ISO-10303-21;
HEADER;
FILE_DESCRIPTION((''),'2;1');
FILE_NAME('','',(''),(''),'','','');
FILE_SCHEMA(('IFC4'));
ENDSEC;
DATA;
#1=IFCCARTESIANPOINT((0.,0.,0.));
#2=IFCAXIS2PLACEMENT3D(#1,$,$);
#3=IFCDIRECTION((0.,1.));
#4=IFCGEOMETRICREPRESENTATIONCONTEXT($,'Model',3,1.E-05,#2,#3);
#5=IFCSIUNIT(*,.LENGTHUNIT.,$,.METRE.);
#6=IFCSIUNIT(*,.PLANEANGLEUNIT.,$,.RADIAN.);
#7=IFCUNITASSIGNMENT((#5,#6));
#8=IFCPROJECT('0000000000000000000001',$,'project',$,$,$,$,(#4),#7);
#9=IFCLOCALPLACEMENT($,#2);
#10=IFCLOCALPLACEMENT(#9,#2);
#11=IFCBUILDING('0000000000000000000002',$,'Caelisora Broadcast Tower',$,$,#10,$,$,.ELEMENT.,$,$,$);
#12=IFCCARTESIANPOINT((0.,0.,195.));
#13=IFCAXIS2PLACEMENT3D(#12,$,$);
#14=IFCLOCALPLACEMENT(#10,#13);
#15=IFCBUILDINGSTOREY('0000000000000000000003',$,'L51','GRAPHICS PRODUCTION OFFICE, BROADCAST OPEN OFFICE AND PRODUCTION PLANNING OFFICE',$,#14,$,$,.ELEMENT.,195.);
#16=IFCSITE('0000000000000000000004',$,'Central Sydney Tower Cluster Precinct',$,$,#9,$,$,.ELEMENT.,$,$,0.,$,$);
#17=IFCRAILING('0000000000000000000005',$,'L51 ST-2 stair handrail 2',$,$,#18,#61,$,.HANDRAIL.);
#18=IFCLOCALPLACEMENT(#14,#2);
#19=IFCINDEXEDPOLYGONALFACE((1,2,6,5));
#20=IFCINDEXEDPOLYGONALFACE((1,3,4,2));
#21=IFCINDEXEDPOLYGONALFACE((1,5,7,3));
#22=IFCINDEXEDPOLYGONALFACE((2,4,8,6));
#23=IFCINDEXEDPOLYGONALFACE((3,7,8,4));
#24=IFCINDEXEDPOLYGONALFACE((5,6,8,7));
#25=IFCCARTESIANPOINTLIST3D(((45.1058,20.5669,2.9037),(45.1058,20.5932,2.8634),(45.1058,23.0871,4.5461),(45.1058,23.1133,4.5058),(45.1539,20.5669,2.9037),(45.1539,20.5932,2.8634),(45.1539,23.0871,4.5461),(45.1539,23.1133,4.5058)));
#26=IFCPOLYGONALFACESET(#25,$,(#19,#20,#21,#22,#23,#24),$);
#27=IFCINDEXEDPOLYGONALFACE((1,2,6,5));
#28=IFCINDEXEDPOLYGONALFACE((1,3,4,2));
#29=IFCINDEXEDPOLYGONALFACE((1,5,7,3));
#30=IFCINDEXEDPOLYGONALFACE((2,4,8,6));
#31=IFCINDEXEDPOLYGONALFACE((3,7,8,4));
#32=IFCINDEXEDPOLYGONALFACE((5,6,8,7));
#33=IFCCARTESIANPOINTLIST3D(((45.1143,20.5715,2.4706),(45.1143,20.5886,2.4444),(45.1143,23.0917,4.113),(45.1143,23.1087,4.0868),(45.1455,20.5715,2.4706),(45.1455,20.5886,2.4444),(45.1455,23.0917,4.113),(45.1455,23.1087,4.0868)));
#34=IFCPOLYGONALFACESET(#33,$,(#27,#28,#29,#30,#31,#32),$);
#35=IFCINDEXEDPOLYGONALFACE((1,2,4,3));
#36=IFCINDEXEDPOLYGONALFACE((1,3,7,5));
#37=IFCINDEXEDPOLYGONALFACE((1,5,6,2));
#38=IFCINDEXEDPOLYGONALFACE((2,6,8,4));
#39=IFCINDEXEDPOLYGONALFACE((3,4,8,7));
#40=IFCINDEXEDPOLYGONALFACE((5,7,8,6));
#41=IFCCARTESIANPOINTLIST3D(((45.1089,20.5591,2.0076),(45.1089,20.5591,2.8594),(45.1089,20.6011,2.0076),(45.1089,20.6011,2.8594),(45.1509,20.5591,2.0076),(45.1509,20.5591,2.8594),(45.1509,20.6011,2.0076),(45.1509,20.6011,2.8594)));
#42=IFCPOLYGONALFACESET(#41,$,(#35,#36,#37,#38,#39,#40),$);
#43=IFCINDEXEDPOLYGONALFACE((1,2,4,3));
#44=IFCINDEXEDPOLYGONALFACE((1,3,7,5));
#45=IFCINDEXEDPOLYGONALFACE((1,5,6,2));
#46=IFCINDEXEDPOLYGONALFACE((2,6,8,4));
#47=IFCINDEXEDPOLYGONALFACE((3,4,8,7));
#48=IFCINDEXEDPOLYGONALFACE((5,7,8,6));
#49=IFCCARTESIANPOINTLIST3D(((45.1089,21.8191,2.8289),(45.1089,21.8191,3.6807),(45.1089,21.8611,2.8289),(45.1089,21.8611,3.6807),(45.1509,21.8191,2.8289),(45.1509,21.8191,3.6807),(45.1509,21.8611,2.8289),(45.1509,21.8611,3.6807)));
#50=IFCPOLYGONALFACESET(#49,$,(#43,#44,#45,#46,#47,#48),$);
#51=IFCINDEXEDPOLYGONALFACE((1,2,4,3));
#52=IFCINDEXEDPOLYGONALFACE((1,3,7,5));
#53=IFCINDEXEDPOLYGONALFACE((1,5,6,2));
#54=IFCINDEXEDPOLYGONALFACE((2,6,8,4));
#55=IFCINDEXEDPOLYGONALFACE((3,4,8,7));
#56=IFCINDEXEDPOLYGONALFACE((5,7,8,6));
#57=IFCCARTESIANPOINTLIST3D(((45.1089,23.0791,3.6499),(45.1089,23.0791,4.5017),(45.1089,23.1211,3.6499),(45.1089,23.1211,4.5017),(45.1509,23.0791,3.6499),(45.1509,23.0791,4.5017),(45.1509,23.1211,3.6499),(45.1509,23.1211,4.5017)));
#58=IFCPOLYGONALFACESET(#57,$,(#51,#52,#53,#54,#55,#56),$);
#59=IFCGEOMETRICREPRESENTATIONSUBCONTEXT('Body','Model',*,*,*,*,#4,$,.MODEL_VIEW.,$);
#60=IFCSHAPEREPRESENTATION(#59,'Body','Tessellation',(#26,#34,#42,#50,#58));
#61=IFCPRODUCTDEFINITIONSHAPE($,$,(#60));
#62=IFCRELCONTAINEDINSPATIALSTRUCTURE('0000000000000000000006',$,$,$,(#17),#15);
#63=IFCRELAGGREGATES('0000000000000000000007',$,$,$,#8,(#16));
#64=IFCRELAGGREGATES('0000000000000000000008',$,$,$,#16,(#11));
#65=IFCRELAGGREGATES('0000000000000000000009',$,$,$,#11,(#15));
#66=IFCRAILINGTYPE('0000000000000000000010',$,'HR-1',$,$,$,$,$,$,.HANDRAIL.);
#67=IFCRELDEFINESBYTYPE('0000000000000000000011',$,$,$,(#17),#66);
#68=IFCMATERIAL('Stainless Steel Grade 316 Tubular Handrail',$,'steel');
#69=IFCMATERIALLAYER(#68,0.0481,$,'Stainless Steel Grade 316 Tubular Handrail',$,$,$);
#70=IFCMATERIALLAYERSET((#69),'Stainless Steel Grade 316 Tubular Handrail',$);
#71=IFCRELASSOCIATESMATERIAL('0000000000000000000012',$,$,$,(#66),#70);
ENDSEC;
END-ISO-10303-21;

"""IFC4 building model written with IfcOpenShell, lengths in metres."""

from ifc_helpers import new_model, si_unit, direction, frame, origin, origin_2d, place, context, subcontext, project, spatial, rectangle, extrude, material, layer, layer_set, type_object, element, save


model = new_model("IFC4")

# Units and contexts
model_context = context("Model", 3, precision=1e-05, world=origin(), true_north=direction((0.0, 1.0)))
body_context = subcontext(model_context, "Body", "Model", "MODEL_VIEW")
ifc_project = project(units=[si_unit("LENGTHUNIT", "METRE"), si_unit("PLANEANGLEUNIT", "RADIAN")], contexts=[model_context])

# Site, building, storey
site_placement = place(None, origin())
site = spatial("IfcSite", under=ifc_project, at=site_placement, Name="Central Sydney Tower Cluster Precinct", CompositionType="ELEMENT", RefElevation=0.0)
building_placement = place(site_placement, origin())
building = spatial("IfcBuilding", under=site, at=building_placement, Name="Caelisora Broadcast Tower", CompositionType="ELEMENT")
storey_placement = place(building_placement, frame((0.0, 0.0, 195.0)))
storey = spatial("IfcBuildingStorey", under=building, at=storey_placement, Name="L51", Description="GRAPHICS PRODUCTION OFFICE, BROADCAST OPEN OFFICE AND PRODUCTION PLANNING OFFICE", CompositionType="ELEMENT", Elevation=195.0)

# Railing
ifc_material_1 = material(Name="Stainless Steel Grade 316 Tubular Handrail", Category="steel")
ifc_layer_1 = layer(ifc_material_1, 0.0481, Name="Stainless Steel Grade 316 Tubular Handrail")
ifc_layer_set_1 = layer_set([ifc_layer_1], Name="Stainless Steel Grade 316 Tubular Handrail")
railing_type_1 = type_object("IfcRailingType", Name="HR-1", PredefinedType="HANDRAIL", material=ifc_layer_set_1)
railing_1_placement = place(storey_placement, frame((45.1299, 20.5801, 2.0076)))
element("IfcRailing", 1, at=railing_1_placement, inside=storey, type_object=railing_type_1, Name="L51 ST-2 stair handrail 2", PredefinedType="HANDRAIL", context=body_context, shape_type="SweptSolid", body=[
    extrude(rectangle(XDim=0.0481, YDim=0.0481, at=origin_2d()), frame((0.0, 0.0, 0.876), z_axis=(0.0, 0.837787, 0.545998), x_axis=(-1.0, 0.0, 0.0)), (0.0, 0.0, 1.0), 3.0081),
    extrude(rectangle(XDim=0.0312, YDim=0.0312, at=origin_2d()), frame((0.0, 0.0, 0.45), z_axis=(0.0, 0.837787, 0.545998), x_axis=(-1.0, 0.0, 0.0)), (0.0, 0.0, 1.0), 3.0081),
    extrude(rectangle(XDim=0.042, YDim=0.042, at=origin_2d()), origin(), (0.0, 0.0, 1.0), 0.8518),
    extrude(rectangle(XDim=0.042, YDim=0.042, at=origin_2d()), frame((0.0, 1.26, 0.8213)), (0.0, 0.0, 1.0), 0.8518),
    extrude(rectangle(XDim=0.042, YDim=0.042, at=origin_2d()), frame((0.0, 2.52, 1.6423)), (0.0, 0.0, 1.0), 0.8518),
])

save(model, "model.ifc")
